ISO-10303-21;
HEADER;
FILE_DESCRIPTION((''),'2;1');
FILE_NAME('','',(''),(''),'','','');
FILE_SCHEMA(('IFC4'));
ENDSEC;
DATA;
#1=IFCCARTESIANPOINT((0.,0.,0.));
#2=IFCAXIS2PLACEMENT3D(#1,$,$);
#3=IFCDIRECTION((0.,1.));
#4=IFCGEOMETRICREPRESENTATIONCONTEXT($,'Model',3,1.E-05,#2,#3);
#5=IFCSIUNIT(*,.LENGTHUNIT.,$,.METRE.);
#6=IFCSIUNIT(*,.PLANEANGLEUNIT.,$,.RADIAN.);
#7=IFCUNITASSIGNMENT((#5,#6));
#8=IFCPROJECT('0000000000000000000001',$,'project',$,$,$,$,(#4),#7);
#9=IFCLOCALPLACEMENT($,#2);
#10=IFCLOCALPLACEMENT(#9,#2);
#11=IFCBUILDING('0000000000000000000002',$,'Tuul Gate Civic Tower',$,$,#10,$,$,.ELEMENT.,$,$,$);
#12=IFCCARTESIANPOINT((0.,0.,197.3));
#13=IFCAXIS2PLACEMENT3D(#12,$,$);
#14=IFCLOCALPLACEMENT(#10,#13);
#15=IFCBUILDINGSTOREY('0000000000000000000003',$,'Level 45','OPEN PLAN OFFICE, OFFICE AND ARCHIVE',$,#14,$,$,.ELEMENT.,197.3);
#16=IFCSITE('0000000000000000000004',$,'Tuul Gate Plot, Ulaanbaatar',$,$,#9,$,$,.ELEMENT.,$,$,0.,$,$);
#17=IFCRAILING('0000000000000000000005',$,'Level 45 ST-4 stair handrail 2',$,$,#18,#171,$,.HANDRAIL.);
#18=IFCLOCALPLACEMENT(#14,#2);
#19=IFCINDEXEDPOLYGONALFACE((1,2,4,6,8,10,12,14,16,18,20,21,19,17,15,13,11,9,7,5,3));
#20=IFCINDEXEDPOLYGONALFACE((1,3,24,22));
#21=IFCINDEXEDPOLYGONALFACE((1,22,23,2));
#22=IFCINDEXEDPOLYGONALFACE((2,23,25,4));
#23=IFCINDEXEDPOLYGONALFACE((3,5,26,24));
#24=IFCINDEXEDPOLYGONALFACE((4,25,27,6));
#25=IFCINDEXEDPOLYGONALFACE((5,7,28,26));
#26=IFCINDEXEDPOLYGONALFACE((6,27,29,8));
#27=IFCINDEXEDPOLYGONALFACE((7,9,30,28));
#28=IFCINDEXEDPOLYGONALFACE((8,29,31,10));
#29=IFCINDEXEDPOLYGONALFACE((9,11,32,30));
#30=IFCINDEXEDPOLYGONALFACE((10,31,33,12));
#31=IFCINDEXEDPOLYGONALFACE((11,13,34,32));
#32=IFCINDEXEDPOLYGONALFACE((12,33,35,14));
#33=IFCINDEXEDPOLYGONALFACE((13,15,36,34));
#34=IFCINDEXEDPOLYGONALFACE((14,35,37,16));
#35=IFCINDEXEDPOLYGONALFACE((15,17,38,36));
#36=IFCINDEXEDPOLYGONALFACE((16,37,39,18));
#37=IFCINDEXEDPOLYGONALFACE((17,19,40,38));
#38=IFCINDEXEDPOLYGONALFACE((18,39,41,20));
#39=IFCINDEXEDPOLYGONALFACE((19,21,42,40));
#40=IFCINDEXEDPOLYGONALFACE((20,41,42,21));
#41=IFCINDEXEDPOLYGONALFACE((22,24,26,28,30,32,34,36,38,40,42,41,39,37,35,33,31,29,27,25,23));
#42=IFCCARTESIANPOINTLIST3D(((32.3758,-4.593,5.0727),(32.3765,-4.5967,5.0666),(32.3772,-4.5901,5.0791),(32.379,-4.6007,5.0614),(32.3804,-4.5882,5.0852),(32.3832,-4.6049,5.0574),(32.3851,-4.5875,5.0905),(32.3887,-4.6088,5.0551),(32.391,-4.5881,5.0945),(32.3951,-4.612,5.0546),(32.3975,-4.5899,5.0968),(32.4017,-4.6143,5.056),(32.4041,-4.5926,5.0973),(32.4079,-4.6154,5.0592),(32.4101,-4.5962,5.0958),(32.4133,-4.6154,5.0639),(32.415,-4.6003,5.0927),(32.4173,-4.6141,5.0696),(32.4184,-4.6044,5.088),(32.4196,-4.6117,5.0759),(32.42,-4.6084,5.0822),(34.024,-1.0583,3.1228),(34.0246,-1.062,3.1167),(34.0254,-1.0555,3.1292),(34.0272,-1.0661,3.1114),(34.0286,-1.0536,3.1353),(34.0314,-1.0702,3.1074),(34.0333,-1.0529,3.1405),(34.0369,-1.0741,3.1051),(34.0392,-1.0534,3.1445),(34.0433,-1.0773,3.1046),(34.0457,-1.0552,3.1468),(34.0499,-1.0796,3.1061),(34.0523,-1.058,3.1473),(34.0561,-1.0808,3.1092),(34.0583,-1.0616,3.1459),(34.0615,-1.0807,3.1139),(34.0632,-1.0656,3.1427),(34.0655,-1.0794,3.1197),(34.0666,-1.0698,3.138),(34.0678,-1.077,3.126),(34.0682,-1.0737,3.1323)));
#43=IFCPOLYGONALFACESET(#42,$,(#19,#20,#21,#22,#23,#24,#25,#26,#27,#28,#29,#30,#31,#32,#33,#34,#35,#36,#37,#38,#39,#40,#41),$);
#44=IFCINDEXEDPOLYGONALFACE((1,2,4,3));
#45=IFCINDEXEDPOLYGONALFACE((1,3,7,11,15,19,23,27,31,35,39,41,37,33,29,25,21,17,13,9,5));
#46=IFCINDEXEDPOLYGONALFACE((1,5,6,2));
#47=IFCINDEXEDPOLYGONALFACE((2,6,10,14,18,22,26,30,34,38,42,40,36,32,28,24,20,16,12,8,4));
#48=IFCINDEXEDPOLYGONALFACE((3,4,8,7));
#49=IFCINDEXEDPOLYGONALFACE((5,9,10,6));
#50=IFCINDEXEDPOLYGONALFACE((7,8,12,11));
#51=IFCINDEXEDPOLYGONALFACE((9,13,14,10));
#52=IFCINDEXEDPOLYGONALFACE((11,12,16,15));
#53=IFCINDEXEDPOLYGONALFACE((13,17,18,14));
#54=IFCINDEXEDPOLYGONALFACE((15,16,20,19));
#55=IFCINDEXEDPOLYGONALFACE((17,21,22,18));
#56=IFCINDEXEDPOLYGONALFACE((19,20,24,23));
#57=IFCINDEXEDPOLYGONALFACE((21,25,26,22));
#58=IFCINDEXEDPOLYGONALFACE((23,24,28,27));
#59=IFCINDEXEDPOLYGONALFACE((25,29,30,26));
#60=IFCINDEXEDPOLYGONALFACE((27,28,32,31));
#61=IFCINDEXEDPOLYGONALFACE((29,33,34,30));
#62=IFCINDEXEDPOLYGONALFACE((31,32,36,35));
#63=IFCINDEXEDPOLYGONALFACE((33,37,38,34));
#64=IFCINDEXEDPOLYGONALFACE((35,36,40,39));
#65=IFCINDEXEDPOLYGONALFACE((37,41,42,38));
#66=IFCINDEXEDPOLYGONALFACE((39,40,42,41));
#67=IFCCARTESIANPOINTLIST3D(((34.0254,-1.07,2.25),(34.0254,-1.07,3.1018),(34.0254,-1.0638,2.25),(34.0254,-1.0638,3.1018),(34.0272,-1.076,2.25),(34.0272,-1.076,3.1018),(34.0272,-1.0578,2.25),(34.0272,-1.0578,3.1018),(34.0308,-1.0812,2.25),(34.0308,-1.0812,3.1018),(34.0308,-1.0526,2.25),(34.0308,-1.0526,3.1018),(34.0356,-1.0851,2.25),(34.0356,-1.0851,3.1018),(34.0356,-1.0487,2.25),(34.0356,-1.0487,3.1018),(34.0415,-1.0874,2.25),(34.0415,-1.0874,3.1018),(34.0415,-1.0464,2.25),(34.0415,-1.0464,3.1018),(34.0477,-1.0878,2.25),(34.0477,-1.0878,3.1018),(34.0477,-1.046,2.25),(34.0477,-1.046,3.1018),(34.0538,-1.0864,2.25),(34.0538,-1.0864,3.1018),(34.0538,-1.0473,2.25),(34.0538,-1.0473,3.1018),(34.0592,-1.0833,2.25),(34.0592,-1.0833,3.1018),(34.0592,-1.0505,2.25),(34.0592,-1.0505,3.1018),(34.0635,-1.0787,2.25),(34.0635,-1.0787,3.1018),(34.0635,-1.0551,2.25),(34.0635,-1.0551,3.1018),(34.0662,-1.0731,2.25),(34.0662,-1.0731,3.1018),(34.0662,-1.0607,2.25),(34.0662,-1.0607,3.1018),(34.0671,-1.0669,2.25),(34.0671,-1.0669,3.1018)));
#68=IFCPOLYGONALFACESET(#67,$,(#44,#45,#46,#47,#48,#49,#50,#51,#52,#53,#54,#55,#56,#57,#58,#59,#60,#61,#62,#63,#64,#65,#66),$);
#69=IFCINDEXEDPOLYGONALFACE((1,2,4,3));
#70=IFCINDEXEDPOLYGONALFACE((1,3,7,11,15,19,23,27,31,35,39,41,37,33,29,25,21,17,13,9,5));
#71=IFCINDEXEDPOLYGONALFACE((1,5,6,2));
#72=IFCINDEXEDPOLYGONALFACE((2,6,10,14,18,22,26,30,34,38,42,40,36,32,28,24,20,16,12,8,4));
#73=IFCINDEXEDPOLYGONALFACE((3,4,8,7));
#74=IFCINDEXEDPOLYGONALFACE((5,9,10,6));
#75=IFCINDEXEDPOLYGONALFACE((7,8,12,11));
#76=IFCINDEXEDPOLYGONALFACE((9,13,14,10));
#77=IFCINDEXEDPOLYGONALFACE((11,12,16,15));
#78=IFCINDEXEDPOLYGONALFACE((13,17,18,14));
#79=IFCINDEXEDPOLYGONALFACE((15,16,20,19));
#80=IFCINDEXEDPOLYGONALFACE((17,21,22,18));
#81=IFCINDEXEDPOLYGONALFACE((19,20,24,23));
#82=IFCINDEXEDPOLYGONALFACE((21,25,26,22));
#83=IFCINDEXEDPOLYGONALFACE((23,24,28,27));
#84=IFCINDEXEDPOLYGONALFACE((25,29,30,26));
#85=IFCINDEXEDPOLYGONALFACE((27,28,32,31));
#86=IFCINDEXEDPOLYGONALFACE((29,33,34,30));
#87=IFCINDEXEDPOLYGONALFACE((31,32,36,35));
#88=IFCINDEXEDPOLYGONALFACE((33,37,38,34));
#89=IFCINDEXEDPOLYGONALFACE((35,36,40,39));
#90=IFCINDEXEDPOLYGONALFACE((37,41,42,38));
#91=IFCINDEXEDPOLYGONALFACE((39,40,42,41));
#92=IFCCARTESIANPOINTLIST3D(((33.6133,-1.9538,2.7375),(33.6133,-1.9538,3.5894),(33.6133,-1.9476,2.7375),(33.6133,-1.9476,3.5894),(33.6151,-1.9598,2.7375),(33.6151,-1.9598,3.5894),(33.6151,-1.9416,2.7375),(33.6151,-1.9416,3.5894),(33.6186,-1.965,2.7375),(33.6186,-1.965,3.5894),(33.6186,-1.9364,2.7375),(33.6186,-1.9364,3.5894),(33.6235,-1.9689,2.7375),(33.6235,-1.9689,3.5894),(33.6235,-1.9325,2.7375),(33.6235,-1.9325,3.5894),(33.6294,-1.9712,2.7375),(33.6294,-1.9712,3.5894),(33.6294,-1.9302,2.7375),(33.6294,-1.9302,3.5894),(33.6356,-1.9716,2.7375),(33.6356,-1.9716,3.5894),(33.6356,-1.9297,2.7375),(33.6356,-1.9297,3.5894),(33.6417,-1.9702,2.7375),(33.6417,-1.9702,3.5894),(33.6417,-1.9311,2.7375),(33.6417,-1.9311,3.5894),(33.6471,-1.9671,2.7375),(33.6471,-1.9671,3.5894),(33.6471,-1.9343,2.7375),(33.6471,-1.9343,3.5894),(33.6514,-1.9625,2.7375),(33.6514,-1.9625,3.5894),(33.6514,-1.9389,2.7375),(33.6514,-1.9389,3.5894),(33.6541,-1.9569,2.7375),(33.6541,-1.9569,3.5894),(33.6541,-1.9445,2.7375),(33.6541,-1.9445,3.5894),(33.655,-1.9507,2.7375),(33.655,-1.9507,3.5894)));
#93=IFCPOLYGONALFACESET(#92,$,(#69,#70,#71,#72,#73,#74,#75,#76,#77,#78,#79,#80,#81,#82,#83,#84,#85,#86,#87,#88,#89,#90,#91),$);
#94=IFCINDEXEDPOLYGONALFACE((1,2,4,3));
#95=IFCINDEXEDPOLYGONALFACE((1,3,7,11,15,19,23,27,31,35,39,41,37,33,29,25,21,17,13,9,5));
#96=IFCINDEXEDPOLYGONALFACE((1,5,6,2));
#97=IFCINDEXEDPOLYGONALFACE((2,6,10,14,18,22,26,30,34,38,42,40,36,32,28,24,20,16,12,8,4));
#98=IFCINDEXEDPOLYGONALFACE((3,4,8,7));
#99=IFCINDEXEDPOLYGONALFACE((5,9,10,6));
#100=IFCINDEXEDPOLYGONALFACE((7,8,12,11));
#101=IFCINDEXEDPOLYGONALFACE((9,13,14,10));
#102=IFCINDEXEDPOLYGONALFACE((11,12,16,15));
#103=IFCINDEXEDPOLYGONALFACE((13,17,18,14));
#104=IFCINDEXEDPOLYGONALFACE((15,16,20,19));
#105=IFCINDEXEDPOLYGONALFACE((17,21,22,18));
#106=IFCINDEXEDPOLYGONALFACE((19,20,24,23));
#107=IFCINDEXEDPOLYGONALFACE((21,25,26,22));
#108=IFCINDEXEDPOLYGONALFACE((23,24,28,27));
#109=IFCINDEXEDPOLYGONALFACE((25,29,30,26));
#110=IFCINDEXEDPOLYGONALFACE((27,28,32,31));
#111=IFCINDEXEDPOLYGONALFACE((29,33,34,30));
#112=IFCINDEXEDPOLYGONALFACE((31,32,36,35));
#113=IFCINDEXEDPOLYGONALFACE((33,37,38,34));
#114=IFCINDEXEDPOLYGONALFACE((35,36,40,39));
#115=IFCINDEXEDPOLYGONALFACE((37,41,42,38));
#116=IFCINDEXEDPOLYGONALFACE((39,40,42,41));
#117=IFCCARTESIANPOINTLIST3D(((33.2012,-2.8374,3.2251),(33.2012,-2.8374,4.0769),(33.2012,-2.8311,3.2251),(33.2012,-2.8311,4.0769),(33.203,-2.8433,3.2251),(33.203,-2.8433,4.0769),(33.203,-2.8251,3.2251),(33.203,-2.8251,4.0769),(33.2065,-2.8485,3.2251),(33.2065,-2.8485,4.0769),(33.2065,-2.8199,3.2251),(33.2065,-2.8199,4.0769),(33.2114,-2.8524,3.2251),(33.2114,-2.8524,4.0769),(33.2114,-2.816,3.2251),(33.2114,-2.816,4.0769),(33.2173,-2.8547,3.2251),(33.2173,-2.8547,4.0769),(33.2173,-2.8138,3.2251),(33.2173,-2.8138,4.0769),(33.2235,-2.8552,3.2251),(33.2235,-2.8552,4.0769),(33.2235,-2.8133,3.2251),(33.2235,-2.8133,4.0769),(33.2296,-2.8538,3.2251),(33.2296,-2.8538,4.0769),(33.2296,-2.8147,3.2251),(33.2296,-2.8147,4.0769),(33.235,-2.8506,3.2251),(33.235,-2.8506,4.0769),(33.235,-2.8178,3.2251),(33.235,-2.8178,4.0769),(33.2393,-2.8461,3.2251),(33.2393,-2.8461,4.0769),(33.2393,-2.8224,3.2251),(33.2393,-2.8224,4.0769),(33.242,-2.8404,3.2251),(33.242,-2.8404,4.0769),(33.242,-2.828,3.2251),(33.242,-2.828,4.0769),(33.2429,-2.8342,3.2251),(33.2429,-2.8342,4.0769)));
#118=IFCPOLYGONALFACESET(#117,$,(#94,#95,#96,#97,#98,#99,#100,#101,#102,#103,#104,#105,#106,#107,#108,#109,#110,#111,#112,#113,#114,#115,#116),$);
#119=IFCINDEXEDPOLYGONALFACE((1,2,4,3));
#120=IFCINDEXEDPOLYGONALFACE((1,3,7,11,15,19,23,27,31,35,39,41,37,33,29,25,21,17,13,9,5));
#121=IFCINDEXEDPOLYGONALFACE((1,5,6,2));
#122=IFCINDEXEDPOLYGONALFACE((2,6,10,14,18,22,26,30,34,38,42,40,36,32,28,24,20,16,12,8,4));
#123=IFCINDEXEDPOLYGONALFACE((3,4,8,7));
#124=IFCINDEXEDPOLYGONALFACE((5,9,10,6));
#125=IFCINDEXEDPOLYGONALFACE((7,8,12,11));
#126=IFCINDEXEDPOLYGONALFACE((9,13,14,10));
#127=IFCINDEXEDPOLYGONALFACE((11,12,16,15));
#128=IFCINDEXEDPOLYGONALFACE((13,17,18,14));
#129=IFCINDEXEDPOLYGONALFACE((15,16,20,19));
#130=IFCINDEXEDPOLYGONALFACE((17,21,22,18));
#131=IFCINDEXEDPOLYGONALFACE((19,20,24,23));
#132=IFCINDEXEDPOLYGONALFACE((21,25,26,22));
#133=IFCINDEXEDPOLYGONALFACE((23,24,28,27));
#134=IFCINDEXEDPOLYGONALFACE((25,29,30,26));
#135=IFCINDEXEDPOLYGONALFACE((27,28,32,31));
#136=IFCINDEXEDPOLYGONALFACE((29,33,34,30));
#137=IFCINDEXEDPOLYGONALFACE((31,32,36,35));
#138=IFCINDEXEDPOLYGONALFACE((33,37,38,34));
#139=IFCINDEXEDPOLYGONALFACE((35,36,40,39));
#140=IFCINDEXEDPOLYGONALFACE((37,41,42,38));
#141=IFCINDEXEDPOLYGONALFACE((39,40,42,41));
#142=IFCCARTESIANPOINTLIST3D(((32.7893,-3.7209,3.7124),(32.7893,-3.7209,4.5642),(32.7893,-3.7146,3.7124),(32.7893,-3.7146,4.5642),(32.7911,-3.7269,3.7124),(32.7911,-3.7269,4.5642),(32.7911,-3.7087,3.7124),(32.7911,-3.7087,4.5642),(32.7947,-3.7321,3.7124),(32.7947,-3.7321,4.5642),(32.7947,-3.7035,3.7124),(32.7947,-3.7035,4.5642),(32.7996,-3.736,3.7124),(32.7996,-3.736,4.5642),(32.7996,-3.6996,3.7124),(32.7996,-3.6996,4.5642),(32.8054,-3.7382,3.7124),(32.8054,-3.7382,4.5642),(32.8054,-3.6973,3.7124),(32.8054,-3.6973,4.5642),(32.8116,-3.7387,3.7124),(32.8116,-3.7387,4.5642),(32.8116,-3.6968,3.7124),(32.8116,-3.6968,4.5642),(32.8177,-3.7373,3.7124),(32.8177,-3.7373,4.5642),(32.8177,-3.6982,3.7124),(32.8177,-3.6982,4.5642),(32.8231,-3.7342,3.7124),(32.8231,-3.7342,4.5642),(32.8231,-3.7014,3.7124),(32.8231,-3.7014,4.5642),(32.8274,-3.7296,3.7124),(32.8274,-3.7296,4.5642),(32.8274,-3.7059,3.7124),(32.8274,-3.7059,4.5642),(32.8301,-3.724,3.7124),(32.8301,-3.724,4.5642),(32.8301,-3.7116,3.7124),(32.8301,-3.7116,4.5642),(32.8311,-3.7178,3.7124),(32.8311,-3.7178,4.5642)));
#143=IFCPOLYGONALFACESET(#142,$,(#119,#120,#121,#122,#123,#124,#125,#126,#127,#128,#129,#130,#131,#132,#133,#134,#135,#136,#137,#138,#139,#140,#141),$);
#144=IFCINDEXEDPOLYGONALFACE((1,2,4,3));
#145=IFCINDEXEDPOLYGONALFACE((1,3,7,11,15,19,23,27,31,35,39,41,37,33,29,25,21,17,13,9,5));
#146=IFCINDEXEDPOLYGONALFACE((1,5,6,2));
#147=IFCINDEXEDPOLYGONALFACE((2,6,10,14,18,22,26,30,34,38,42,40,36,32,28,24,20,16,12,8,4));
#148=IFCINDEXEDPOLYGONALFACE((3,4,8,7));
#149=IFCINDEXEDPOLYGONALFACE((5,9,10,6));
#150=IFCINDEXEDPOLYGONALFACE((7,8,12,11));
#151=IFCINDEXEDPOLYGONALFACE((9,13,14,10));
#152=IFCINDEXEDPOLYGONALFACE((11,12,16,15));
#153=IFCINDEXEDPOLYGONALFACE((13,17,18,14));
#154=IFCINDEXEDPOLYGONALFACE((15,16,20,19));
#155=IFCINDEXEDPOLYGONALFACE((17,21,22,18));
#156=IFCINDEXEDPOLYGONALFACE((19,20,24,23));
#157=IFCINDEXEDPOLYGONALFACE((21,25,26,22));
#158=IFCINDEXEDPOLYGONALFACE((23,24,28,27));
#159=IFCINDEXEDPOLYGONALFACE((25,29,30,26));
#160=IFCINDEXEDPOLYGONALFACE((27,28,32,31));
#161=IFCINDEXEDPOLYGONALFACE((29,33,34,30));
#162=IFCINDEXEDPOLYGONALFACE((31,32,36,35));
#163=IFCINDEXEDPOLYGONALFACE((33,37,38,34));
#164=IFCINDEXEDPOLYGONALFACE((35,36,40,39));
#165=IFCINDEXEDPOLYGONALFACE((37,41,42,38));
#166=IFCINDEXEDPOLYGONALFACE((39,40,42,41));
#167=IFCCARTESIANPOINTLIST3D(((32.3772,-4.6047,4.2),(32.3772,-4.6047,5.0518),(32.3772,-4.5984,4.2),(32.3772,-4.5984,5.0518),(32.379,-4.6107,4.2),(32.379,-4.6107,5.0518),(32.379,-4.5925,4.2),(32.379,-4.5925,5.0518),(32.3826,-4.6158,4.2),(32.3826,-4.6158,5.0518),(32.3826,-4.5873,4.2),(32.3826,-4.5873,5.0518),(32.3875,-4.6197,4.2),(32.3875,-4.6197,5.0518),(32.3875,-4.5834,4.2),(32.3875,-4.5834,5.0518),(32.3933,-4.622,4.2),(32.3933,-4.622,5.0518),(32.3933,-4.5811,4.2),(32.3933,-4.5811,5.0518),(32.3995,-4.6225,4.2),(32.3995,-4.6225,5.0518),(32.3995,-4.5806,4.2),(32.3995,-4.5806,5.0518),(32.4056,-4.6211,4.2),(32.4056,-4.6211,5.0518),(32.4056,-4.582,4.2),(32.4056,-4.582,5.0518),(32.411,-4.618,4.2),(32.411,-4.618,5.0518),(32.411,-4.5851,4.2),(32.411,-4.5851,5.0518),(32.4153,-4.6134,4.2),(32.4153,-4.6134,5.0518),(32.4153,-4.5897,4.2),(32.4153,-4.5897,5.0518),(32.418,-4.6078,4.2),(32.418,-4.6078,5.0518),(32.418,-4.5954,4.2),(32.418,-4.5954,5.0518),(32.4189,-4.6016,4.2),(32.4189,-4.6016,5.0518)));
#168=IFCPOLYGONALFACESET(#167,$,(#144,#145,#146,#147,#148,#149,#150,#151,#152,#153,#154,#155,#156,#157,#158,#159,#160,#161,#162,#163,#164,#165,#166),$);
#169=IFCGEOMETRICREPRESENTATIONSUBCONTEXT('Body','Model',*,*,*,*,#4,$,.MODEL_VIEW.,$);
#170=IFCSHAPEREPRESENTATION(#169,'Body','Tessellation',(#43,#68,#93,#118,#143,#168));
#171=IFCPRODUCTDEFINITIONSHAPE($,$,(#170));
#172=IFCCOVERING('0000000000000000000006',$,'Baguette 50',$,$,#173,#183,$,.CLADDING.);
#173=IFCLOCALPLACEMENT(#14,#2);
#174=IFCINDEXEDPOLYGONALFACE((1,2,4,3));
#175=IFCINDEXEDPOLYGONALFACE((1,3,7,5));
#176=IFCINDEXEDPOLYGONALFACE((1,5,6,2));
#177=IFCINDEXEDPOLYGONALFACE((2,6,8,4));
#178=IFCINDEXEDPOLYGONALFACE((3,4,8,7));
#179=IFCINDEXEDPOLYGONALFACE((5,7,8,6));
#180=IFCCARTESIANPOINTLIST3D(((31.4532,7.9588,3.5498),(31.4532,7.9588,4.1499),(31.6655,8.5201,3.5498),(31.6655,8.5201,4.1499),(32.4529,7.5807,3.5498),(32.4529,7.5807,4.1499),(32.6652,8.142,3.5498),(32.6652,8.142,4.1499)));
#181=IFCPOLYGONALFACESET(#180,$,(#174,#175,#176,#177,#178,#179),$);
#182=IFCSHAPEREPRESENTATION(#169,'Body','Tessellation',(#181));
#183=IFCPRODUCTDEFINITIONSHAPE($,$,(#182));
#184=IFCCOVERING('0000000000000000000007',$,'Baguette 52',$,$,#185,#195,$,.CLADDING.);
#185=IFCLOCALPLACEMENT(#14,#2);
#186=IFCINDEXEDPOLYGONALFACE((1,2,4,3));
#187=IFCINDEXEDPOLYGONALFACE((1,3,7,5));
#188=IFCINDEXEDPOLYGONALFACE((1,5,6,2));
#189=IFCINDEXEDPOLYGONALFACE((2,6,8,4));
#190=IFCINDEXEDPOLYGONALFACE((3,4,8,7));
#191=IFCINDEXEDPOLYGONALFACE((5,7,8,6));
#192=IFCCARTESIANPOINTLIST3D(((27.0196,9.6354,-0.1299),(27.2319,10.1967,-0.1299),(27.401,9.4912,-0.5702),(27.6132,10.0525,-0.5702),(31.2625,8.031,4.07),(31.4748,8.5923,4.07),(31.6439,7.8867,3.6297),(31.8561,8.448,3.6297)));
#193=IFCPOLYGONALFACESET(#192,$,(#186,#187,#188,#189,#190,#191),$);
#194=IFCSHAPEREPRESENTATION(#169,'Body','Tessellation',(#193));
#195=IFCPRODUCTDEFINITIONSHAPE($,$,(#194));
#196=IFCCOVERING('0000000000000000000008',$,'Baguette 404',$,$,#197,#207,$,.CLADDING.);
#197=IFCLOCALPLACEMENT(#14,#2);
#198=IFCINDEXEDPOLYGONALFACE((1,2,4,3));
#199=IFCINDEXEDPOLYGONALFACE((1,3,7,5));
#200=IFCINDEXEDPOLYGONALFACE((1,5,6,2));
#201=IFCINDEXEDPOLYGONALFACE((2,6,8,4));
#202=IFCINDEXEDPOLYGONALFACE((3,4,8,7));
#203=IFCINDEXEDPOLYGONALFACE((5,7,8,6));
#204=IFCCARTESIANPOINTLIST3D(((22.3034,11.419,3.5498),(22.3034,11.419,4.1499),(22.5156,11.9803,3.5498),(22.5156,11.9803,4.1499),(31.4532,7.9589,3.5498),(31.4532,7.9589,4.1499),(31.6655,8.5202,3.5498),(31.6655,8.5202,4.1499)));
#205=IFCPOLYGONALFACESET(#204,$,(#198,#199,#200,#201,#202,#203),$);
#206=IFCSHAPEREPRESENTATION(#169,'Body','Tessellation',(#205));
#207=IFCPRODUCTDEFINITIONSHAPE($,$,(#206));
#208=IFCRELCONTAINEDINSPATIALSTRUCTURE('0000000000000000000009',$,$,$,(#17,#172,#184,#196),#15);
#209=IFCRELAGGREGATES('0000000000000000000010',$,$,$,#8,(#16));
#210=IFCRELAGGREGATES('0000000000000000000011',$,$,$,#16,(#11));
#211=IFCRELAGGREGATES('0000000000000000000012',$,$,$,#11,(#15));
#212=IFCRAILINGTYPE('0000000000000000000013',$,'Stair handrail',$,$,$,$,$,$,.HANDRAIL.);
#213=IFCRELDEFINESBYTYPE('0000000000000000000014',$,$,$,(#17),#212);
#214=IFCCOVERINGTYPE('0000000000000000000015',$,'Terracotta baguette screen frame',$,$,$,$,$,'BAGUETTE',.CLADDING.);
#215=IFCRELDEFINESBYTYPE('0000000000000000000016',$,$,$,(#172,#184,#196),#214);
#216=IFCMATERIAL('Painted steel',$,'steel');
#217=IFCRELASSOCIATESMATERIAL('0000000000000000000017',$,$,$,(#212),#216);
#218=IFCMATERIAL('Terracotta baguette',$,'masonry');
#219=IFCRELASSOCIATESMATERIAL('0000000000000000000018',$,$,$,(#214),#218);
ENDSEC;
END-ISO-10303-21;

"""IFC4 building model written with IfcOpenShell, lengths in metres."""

from ifc_helpers import new_model, si_unit, direction, frame, origin, origin_2d, place, context, subcontext, project, spatial, rectangle, circle, extrude, material, material_profile, profile_set, type_object, element, save


model = new_model("IFC4")

# Units and contexts
model_context = context("Model", 3, precision=1e-05, world=origin(), true_north=direction((0.0, 1.0)))
body_context = subcontext(model_context, "Body", "Model", "MODEL_VIEW")
ifc_project = project(units=[si_unit("LENGTHUNIT", "METRE"), si_unit("PLANEANGLEUNIT", "RADIAN")], contexts=[model_context])

# Site, building, storey
site_placement = place(None, origin())
site = spatial("IfcSite", under=ifc_project, at=site_placement, Name="Tuul Gate Plot, Ulaanbaatar", CompositionType="ELEMENT", RefElevation=0.0)
building_placement = place(site_placement, origin())
building = spatial("IfcBuilding", under=site, at=building_placement, Name="Tuul Gate Civic Tower", CompositionType="ELEMENT")
storey_placement = place(building_placement, frame((0.0, 0.0, 197.3)))
storey = spatial("IfcBuildingStorey", under=building, at=storey_placement, Name="Level 45", Description="OPEN PLAN OFFICE, OFFICE AND ARCHIVE", CompositionType="ELEMENT", Elevation=197.3)

# Railing
ifc_material_1 = material(Name="Painted steel", Category="steel")
railing_type_1 = type_object("IfcRailingType", Name="Stair handrail", PredefinedType="HANDRAIL", material=ifc_material_1)
railing_1_placement = place(storey_placement, frame((34.0461, -1.0669, 2.25)))
element("IfcRailing", 1, at=railing_1_placement, inside=storey, type_object=railing_type_1, Name="Level 45 ST-4 stair handrail 2", PredefinedType="HANDRAIL", context=body_context, shape_type="SweptSolid", body=[
    extrude(circle(Radius=0.0239, at=origin_2d()), frame((0.0, 0.0, 0.876), z_axis=(-0.377995, -0.810637, 0.4472), x_axis=(0.906313, -0.422608, 0.0)), (0.0, 0.0, 1.0), 4.3604),
    extrude(circle(Radius=0.021, at=origin_2d()), origin(), (0.0, 0.0, 1.0), 0.8518),
    extrude(circle(Radius=0.021, at=origin_2d()), frame((-0.4121, -0.8838, 0.4875)), (0.0, 0.0, 1.0), 0.8518),
    extrude(circle(Radius=0.021, at=origin_2d()), frame((-0.8242, -1.7673, 0.9751)), (0.0, 0.0, 1.0), 0.8518),
    extrude(circle(Radius=0.021, at=origin_2d()), frame((-1.2361, -2.6509, 1.4624)), (0.0, 0.0, 1.0), 0.8518),
    extrude(circle(Radius=0.021, at=origin_2d()), frame((-1.6482, -3.5347, 1.95)), (0.0, 0.0, 1.0), 0.8518),
])

# Coverings
ifc_material_2 = material(Name="Terracotta baguette", Category="masonry")
ifc_material_profile_1 = material_profile(ifc_material_2, rectangle(XDim=0.6001, YDim=0.6001, at=origin_2d()), Name="Terracotta baguette screen frame")
ifc_profile_set_1 = profile_set([ifc_material_profile_1], Name="Terracotta baguette")
covering_type = type_object("IfcCoveringType", Name="Terracotta baguette screen frame", ElementType="BAGUETTE", PredefinedType="CLADDING", material=ifc_profile_set_1)
covering_1_placement = place(storey_placement, frame((32.5591, 7.8613, 3.8499), z_axis=(-0.935321, 0.3538, 0.0), x_axis=(-0.3538, -0.935321, 0.0)))
element("IfcCovering", 2, at=covering_1_placement, inside=storey, type_object=covering_type, Name="Baguette 50", PredefinedType="CLADDING", context=body_context, shape_type="SweptSolid", body=[
    extrude(rectangle(XDim=0.6001, YDim=0.6001, at=origin_2d()), origin(), (0.0, 0.0, 1.0), 1.0688),
])
covering_2_placement = place(storey_placement, frame((31.5593, 8.2395, 3.8499), z_axis=(-0.686341, 0.259545, -0.679391), x_axis=(-0.353711, -0.935355, 0.0)))
element("IfcCovering", 3, at=covering_2_placement, inside=storey, type_object=covering_type, Name="Baguette 52", PredefinedType="CLADDING", context=body_context, shape_type="SweptSolid", body=[
    extrude(rectangle(XDim=0.6001, YDim=0.6001, at=origin_2d()), origin(), (0.0, 0.0, 1.0), 6.1819),
])
covering_3_placement = place(storey_placement, frame((31.5593, 8.2395, 3.8499), z_axis=(-0.935351, 0.35372, 0.0), x_axis=(-0.35372, -0.935351, 0.0)))
element("IfcCovering", 4, at=covering_3_placement, inside=storey, type_object=covering_type, Name="Baguette 404", PredefinedType="CLADDING", context=body_context, shape_type="SweptSolid", body=[
    extrude(rectangle(XDim=0.6001, YDim=0.6001, at=origin_2d()), origin(), (0.0, 0.0, 1.0), 9.7822),
])

save(model, "model.ifc")
